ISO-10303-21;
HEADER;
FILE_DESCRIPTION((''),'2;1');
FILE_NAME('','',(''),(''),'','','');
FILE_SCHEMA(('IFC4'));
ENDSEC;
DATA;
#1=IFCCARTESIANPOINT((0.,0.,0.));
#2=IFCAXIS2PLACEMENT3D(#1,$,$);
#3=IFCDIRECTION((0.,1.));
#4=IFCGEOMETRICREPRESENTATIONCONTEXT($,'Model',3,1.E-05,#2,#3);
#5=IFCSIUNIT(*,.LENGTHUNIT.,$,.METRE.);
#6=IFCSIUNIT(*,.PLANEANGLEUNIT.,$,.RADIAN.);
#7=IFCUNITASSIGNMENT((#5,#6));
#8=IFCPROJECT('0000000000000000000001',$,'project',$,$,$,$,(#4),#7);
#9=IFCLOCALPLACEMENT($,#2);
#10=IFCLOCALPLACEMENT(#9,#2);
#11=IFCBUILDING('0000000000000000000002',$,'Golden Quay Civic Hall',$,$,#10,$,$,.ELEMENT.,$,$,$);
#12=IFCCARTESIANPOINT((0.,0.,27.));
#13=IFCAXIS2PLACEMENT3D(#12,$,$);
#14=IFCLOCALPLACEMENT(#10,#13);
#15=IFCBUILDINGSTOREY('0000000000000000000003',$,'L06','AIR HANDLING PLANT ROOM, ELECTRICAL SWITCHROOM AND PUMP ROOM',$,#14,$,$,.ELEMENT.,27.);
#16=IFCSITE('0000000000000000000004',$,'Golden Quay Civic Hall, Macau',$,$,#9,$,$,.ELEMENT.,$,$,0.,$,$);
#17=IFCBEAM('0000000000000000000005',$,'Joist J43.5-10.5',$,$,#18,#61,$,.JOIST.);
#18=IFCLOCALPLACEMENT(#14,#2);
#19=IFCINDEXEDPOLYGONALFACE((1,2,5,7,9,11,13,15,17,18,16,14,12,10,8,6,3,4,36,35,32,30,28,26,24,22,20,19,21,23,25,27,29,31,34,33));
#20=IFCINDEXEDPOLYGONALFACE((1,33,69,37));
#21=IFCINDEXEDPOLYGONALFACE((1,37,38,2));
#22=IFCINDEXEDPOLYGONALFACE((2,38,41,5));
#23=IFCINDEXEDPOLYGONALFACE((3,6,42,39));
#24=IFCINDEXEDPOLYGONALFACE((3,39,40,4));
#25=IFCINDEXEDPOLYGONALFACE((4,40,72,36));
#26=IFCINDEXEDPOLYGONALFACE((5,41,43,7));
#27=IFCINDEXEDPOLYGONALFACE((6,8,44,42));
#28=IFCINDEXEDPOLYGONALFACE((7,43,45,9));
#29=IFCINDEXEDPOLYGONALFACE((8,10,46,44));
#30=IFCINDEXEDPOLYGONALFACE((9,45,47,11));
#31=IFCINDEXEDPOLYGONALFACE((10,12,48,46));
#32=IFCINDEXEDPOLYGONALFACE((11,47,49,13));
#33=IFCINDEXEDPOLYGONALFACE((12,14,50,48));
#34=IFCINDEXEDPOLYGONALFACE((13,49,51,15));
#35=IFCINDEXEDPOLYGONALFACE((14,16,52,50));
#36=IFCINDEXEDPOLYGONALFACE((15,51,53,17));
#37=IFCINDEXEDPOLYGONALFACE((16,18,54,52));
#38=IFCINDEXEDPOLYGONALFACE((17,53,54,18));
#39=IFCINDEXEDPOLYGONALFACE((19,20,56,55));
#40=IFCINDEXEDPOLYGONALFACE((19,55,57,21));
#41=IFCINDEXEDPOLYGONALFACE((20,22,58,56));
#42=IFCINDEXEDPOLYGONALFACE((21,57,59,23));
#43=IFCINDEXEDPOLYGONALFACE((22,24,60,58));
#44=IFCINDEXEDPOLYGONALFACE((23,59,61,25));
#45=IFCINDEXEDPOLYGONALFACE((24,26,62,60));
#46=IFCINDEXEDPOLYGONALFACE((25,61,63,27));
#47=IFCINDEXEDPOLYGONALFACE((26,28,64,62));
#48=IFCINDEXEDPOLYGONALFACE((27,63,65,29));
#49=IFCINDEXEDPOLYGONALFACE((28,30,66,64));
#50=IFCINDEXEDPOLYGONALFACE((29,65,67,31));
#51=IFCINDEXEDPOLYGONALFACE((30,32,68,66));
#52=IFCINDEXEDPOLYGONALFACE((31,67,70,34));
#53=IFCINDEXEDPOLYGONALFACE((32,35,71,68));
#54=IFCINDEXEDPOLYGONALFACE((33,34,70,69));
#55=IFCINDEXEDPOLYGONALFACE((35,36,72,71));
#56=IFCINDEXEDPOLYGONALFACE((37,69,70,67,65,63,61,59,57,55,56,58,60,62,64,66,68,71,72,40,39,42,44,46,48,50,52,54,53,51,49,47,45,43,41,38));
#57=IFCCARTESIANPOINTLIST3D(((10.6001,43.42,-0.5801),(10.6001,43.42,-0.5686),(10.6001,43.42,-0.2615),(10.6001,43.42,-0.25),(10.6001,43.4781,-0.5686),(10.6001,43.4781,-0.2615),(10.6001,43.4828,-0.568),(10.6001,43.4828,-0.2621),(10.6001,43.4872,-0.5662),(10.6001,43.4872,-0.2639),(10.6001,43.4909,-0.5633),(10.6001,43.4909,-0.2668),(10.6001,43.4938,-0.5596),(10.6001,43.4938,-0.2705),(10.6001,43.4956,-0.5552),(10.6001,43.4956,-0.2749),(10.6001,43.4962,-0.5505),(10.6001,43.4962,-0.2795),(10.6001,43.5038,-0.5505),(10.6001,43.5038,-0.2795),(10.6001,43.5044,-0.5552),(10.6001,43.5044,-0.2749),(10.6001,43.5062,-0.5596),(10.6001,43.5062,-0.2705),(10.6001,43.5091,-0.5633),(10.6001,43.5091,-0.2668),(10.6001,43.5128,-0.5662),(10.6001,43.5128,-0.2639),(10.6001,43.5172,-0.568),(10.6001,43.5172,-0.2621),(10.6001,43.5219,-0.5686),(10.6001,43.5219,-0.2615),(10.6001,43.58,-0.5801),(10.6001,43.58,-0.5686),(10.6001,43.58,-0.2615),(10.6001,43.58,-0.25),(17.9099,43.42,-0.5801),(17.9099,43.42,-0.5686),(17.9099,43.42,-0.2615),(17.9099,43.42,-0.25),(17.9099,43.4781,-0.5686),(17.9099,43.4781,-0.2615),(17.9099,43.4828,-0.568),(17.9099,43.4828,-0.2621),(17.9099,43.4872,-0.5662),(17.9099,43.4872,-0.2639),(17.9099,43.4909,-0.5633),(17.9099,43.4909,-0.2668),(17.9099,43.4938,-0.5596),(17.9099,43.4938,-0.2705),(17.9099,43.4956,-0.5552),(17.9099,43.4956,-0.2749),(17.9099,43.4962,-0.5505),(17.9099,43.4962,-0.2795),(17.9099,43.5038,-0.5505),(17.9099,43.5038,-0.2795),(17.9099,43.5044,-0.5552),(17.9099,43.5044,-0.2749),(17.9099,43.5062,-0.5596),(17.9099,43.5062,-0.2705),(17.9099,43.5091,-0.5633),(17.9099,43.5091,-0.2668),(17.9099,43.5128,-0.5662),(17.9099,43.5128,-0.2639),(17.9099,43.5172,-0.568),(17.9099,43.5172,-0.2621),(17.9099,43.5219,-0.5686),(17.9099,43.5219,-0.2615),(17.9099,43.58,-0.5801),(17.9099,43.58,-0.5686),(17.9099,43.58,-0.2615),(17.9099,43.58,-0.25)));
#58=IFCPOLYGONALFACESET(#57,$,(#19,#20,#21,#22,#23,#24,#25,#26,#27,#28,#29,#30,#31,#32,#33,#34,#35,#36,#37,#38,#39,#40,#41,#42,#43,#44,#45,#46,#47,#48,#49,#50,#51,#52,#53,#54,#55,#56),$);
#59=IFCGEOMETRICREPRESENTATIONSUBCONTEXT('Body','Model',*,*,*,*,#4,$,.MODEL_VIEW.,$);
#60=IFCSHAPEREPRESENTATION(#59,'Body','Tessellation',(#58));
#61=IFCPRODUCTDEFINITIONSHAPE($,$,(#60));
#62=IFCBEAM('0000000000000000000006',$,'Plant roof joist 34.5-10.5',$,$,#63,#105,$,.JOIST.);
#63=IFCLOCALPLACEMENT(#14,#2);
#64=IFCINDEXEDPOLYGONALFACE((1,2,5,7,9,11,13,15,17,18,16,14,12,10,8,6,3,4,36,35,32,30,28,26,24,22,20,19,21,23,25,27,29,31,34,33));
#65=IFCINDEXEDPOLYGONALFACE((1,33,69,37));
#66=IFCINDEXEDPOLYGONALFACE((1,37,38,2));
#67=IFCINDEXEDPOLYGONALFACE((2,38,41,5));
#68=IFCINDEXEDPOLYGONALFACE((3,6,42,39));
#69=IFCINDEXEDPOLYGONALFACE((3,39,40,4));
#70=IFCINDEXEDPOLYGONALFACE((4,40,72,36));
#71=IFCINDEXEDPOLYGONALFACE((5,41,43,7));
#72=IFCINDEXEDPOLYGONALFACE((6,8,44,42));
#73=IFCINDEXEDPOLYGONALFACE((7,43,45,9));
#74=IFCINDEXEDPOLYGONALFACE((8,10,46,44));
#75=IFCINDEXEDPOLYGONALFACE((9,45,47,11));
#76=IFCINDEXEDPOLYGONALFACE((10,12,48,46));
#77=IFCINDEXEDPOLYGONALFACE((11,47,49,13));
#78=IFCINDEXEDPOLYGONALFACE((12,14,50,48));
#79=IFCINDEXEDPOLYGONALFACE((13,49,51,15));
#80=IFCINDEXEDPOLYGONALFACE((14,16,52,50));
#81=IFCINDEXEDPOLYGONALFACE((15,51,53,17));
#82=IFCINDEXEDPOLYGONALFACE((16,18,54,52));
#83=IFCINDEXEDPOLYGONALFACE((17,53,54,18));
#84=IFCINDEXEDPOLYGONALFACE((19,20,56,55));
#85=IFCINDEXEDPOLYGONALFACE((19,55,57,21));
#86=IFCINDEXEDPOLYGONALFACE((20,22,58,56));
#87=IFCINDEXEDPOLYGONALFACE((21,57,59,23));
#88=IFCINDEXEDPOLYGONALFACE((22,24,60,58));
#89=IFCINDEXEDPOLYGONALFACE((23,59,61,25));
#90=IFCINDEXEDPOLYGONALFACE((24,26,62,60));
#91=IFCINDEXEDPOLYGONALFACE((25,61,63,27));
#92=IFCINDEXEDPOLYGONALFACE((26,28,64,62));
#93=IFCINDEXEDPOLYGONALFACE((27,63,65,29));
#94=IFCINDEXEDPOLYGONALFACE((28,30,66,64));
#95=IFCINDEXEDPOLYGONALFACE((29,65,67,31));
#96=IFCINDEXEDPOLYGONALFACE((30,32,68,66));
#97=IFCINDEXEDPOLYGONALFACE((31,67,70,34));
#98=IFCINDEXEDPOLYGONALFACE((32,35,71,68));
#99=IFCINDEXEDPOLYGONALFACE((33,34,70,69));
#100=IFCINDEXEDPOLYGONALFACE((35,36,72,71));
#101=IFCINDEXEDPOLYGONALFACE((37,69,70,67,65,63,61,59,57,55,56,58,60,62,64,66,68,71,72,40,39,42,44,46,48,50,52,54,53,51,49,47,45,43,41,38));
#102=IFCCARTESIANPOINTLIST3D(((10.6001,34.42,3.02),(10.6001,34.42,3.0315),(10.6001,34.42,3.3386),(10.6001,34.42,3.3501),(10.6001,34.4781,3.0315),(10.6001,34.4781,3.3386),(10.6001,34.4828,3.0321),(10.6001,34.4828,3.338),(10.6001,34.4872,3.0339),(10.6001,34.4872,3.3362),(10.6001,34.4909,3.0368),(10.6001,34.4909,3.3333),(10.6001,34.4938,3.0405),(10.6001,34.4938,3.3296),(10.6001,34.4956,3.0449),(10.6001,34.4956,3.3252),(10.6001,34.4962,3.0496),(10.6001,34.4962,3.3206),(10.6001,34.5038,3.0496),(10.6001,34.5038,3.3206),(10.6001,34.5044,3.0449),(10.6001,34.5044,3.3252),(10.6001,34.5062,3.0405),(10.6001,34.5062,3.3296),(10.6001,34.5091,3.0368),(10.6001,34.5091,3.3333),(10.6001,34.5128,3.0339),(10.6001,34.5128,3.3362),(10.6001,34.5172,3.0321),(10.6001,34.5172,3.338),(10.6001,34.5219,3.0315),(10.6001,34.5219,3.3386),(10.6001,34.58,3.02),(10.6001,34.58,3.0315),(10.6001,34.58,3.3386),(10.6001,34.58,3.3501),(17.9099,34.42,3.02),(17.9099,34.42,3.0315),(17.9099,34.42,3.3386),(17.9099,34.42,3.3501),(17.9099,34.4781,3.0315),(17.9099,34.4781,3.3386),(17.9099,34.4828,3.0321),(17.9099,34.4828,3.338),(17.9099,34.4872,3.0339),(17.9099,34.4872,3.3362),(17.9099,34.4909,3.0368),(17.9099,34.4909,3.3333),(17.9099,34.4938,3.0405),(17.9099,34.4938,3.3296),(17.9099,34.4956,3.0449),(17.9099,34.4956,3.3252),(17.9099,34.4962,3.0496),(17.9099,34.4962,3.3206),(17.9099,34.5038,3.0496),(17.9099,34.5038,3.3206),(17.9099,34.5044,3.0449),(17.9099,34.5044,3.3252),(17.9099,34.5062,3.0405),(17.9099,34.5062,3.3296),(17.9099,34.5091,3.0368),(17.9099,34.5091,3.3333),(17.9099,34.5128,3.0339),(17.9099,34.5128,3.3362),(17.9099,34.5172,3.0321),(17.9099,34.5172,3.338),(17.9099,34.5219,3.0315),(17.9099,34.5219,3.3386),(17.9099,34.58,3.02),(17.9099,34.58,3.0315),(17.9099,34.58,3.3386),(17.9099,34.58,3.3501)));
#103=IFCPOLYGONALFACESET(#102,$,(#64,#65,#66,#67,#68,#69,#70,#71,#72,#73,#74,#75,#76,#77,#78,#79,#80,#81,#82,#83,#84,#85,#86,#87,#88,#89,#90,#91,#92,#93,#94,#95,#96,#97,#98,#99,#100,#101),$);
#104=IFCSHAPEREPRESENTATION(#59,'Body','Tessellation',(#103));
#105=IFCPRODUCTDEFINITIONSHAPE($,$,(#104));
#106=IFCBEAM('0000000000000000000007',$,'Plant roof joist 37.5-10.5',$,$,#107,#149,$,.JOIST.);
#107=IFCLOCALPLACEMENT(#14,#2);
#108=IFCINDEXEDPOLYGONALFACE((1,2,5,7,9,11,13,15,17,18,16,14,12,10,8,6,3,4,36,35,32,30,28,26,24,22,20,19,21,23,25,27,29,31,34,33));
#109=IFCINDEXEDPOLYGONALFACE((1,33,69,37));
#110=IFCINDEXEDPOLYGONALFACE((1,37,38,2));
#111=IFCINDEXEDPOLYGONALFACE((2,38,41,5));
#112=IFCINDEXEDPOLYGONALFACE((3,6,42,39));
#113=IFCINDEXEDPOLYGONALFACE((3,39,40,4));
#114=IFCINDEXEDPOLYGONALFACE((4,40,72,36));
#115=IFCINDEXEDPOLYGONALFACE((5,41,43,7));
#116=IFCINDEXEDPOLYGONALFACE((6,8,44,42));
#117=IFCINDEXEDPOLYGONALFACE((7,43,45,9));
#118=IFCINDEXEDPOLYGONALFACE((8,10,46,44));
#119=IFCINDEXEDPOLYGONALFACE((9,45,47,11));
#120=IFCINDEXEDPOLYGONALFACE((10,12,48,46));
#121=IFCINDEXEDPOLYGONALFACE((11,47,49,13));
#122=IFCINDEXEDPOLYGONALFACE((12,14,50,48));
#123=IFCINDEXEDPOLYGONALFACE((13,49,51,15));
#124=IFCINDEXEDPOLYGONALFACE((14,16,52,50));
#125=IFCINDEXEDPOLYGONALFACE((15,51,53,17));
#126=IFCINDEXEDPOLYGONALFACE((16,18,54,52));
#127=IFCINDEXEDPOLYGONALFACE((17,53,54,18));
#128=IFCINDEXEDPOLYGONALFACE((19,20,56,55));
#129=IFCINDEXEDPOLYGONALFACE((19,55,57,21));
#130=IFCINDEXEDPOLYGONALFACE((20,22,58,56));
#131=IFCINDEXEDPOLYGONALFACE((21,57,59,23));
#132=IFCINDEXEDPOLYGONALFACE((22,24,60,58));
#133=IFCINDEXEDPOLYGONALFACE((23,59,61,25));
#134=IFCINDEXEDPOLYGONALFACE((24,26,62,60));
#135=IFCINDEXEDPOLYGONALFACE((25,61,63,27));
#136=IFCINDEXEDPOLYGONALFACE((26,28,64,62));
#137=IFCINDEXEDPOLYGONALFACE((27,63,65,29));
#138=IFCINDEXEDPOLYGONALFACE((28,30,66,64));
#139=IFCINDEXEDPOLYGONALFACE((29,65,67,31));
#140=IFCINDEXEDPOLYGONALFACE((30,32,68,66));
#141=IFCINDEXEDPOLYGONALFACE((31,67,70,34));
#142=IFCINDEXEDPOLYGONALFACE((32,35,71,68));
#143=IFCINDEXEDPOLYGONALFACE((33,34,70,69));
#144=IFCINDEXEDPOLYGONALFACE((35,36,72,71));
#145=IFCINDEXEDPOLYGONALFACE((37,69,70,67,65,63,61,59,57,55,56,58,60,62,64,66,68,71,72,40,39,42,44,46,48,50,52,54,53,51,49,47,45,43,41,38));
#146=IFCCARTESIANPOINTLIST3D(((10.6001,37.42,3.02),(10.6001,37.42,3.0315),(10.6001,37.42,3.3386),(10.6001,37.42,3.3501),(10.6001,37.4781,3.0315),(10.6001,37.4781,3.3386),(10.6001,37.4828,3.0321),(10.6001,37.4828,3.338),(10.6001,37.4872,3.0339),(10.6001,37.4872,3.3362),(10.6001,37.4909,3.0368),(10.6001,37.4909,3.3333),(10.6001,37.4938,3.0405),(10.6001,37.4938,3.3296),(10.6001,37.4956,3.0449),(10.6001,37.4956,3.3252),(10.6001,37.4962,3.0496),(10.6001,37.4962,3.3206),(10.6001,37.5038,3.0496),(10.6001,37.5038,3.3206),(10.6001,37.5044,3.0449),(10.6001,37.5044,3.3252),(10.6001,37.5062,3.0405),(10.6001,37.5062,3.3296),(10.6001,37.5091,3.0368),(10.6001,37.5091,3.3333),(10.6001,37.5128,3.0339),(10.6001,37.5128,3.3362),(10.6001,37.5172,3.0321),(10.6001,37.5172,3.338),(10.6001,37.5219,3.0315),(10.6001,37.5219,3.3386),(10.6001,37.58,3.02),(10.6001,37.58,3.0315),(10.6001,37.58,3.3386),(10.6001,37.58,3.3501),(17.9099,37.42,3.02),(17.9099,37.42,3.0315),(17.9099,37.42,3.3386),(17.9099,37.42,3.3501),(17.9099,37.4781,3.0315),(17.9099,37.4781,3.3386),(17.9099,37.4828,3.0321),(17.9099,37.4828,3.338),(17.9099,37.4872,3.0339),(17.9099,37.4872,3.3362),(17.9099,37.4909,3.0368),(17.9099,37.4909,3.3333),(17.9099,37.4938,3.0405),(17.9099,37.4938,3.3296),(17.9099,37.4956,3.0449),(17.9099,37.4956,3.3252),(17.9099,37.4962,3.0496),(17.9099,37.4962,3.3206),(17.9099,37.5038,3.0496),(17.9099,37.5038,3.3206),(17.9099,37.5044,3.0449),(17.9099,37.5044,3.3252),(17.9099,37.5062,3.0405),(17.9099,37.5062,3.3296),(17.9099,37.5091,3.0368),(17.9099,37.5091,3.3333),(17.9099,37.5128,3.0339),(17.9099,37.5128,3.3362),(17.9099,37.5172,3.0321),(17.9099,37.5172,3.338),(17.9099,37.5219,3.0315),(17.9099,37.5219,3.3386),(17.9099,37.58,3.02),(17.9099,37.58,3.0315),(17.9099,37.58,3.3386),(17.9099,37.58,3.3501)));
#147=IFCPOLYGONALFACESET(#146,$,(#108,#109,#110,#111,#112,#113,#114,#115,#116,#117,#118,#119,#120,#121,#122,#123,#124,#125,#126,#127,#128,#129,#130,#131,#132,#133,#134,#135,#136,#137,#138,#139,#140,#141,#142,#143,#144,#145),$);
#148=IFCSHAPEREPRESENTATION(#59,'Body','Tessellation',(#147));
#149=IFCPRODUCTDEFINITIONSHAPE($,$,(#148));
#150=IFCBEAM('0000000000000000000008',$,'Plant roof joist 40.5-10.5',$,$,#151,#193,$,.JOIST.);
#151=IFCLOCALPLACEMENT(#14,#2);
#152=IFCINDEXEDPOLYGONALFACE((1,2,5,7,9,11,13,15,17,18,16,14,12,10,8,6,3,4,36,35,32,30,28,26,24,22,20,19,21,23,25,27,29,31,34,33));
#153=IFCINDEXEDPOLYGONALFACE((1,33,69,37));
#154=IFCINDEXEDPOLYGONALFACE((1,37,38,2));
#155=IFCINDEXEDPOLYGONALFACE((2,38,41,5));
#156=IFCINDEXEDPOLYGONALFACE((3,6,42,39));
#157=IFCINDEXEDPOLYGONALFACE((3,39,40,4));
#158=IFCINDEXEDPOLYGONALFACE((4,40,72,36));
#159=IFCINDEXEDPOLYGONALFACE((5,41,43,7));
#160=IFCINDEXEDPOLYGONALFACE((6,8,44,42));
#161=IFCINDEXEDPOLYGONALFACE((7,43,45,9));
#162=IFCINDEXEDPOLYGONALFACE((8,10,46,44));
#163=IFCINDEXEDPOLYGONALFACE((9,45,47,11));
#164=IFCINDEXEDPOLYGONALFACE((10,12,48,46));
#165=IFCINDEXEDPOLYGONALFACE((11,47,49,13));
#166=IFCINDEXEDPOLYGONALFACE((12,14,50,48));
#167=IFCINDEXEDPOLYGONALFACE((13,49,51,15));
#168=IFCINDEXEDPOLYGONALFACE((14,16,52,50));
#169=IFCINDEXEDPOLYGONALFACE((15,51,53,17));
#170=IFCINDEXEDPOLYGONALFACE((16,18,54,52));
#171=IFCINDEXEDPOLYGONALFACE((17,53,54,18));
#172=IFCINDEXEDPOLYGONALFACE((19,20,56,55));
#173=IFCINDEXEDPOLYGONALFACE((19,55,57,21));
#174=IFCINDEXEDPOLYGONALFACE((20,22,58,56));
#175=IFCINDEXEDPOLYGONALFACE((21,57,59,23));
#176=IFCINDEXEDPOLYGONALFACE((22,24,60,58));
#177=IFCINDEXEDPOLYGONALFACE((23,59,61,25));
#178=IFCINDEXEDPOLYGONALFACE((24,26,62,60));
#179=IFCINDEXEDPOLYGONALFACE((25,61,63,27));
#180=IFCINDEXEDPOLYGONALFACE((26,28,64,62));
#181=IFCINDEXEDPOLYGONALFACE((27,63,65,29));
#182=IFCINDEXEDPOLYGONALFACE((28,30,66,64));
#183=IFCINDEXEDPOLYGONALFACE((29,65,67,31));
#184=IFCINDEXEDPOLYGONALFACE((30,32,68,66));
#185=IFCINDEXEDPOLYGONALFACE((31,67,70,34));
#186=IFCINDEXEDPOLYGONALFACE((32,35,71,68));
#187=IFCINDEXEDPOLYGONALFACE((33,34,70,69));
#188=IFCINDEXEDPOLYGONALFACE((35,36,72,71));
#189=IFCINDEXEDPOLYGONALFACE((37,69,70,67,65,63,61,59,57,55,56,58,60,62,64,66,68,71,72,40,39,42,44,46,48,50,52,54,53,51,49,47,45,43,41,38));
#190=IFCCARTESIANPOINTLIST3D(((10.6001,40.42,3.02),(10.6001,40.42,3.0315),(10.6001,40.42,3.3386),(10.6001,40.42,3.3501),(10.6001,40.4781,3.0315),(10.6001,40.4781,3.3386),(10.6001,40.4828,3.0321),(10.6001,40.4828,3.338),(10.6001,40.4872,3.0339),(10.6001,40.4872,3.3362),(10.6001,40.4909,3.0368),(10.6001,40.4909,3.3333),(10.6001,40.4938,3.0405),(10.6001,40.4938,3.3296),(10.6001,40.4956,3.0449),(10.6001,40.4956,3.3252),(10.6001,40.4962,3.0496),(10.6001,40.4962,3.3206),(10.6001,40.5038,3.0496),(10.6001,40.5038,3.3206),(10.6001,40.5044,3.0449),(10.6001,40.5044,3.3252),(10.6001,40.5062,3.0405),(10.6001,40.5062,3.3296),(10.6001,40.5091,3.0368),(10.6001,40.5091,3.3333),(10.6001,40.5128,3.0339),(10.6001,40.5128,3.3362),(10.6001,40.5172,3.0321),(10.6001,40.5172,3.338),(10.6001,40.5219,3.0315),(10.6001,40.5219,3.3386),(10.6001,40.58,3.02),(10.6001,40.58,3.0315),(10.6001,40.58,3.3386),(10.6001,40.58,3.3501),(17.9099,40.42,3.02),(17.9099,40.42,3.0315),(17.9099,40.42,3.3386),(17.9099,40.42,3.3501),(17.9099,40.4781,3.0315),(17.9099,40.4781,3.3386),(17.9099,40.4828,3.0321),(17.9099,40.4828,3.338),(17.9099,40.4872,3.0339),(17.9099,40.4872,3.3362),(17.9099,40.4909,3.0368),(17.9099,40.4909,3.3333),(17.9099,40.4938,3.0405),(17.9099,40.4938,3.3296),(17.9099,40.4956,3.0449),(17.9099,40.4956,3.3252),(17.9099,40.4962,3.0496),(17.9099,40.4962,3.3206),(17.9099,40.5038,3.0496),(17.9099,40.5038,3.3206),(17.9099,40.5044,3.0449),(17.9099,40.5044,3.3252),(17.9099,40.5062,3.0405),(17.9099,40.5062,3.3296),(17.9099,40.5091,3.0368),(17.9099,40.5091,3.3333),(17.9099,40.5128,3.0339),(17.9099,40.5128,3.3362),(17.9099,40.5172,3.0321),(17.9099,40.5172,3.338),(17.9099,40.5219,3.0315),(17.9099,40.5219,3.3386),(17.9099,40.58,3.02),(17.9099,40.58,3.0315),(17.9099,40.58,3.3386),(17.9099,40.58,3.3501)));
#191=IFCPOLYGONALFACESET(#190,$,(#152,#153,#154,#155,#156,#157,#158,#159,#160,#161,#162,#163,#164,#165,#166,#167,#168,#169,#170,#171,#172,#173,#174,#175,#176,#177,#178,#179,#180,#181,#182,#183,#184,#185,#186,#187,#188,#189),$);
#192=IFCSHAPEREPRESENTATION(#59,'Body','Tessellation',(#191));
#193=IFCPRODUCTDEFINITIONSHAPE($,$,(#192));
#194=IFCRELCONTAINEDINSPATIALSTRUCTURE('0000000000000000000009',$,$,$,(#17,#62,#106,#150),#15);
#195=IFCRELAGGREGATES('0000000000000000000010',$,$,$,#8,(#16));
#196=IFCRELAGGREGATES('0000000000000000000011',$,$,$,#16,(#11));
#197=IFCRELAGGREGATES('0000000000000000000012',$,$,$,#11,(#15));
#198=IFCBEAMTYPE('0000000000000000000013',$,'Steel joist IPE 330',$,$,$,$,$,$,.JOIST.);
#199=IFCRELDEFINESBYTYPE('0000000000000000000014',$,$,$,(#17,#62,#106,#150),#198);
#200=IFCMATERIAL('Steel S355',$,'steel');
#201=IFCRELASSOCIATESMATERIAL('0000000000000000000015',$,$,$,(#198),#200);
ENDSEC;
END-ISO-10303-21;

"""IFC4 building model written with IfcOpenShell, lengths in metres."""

from ifc_helpers import new_model, si_unit, direction, frame, origin, origin_2d, place, context, subcontext, project, spatial, i_section, extrude, material, material_profile, profile_set, type_object, element, save


model = new_model("IFC4")

# Units and contexts
model_context = context("Model", 3, precision=1e-05, world=origin(), true_north=direction((0.0, 1.0)))
body_context = subcontext(model_context, "Body", "Model", "MODEL_VIEW")
ifc_project = project(units=[si_unit("LENGTHUNIT", "METRE"), si_unit("PLANEANGLEUNIT", "RADIAN")], contexts=[model_context])

# Site, building, storey
site_placement = place(None, origin())
site = spatial("IfcSite", under=ifc_project, at=site_placement, Name="Golden Quay Civic Hall, Macau", CompositionType="ELEMENT", RefElevation=0.0)
building_placement = place(site_placement, origin())
building = spatial("IfcBuilding", under=site, at=building_placement, Name="Golden Quay Civic Hall", CompositionType="ELEMENT")
storey_placement = place(building_placement, frame((0.0, 0.0, 27.0)))
storey = spatial("IfcBuildingStorey", under=building, at=storey_placement, Name="L06", Description="AIR HANDLING PLANT ROOM, ELECTRICAL SWITCHROOM AND PUMP ROOM", CompositionType="ELEMENT", Elevation=27.0)

# Beams
ifc_material_1 = material(Name="Steel S355", Category="steel")
ifc_material_profile_1 = material_profile(ifc_material_1, i_section(OverallWidth=0.1599, OverallDepth=0.3301, WebThickness=0.0076, FlangeThickness=0.0115, FilletRadius=0.0181, at=origin_2d()), Name="IPE 330")
ifc_profile_set_1 = profile_set([ifc_material_profile_1], Name="Steel S355")
beam_type_1 = type_object("IfcBeamType", Name="Steel joist IPE 330", PredefinedType="JOIST", material=ifc_profile_set_1)
for number, where, z_axis, x_axis, name in (
    (1, (10.6001, 43.5, -0.415), (1.0, 0.0, 0.0), (0.0, 1.0, 0.0), "Joist J43.5-10.5"),
    (2, (10.6001, 34.5, 3.1851), (1.0, 0.0, 0.0), (0.0, 1.0, 0.0), "Plant roof joist 34.5-10.5"),
    (3, (10.6001, 37.5, 3.1851), (1.0, 0.0, 0.0), (0.0, 1.0, 0.0), "Plant roof joist 37.5-10.5"),
    (4, (10.6001, 40.5, 3.1851), (1.0, 0.0, 0.0), (0.0, 1.0, 0.0), "Plant roof joist 40.5-10.5"),
):
    element("IfcBeam", number, at=place(storey_placement, frame(where, z_axis=z_axis, x_axis=x_axis)), inside=storey, type_object=beam_type_1, Name=name, PredefinedType="JOIST", context=body_context, shape_type="SweptSolid", body=[
        extrude(i_section(OverallWidth=0.1599, OverallDepth=0.3301, WebThickness=0.0076, FlangeThickness=0.0115, FilletRadius=0.0181, at=origin_2d()), origin(), (0.0, 0.0, 1.0), 7.3098),
    ])

save(model, "model.ifc")
